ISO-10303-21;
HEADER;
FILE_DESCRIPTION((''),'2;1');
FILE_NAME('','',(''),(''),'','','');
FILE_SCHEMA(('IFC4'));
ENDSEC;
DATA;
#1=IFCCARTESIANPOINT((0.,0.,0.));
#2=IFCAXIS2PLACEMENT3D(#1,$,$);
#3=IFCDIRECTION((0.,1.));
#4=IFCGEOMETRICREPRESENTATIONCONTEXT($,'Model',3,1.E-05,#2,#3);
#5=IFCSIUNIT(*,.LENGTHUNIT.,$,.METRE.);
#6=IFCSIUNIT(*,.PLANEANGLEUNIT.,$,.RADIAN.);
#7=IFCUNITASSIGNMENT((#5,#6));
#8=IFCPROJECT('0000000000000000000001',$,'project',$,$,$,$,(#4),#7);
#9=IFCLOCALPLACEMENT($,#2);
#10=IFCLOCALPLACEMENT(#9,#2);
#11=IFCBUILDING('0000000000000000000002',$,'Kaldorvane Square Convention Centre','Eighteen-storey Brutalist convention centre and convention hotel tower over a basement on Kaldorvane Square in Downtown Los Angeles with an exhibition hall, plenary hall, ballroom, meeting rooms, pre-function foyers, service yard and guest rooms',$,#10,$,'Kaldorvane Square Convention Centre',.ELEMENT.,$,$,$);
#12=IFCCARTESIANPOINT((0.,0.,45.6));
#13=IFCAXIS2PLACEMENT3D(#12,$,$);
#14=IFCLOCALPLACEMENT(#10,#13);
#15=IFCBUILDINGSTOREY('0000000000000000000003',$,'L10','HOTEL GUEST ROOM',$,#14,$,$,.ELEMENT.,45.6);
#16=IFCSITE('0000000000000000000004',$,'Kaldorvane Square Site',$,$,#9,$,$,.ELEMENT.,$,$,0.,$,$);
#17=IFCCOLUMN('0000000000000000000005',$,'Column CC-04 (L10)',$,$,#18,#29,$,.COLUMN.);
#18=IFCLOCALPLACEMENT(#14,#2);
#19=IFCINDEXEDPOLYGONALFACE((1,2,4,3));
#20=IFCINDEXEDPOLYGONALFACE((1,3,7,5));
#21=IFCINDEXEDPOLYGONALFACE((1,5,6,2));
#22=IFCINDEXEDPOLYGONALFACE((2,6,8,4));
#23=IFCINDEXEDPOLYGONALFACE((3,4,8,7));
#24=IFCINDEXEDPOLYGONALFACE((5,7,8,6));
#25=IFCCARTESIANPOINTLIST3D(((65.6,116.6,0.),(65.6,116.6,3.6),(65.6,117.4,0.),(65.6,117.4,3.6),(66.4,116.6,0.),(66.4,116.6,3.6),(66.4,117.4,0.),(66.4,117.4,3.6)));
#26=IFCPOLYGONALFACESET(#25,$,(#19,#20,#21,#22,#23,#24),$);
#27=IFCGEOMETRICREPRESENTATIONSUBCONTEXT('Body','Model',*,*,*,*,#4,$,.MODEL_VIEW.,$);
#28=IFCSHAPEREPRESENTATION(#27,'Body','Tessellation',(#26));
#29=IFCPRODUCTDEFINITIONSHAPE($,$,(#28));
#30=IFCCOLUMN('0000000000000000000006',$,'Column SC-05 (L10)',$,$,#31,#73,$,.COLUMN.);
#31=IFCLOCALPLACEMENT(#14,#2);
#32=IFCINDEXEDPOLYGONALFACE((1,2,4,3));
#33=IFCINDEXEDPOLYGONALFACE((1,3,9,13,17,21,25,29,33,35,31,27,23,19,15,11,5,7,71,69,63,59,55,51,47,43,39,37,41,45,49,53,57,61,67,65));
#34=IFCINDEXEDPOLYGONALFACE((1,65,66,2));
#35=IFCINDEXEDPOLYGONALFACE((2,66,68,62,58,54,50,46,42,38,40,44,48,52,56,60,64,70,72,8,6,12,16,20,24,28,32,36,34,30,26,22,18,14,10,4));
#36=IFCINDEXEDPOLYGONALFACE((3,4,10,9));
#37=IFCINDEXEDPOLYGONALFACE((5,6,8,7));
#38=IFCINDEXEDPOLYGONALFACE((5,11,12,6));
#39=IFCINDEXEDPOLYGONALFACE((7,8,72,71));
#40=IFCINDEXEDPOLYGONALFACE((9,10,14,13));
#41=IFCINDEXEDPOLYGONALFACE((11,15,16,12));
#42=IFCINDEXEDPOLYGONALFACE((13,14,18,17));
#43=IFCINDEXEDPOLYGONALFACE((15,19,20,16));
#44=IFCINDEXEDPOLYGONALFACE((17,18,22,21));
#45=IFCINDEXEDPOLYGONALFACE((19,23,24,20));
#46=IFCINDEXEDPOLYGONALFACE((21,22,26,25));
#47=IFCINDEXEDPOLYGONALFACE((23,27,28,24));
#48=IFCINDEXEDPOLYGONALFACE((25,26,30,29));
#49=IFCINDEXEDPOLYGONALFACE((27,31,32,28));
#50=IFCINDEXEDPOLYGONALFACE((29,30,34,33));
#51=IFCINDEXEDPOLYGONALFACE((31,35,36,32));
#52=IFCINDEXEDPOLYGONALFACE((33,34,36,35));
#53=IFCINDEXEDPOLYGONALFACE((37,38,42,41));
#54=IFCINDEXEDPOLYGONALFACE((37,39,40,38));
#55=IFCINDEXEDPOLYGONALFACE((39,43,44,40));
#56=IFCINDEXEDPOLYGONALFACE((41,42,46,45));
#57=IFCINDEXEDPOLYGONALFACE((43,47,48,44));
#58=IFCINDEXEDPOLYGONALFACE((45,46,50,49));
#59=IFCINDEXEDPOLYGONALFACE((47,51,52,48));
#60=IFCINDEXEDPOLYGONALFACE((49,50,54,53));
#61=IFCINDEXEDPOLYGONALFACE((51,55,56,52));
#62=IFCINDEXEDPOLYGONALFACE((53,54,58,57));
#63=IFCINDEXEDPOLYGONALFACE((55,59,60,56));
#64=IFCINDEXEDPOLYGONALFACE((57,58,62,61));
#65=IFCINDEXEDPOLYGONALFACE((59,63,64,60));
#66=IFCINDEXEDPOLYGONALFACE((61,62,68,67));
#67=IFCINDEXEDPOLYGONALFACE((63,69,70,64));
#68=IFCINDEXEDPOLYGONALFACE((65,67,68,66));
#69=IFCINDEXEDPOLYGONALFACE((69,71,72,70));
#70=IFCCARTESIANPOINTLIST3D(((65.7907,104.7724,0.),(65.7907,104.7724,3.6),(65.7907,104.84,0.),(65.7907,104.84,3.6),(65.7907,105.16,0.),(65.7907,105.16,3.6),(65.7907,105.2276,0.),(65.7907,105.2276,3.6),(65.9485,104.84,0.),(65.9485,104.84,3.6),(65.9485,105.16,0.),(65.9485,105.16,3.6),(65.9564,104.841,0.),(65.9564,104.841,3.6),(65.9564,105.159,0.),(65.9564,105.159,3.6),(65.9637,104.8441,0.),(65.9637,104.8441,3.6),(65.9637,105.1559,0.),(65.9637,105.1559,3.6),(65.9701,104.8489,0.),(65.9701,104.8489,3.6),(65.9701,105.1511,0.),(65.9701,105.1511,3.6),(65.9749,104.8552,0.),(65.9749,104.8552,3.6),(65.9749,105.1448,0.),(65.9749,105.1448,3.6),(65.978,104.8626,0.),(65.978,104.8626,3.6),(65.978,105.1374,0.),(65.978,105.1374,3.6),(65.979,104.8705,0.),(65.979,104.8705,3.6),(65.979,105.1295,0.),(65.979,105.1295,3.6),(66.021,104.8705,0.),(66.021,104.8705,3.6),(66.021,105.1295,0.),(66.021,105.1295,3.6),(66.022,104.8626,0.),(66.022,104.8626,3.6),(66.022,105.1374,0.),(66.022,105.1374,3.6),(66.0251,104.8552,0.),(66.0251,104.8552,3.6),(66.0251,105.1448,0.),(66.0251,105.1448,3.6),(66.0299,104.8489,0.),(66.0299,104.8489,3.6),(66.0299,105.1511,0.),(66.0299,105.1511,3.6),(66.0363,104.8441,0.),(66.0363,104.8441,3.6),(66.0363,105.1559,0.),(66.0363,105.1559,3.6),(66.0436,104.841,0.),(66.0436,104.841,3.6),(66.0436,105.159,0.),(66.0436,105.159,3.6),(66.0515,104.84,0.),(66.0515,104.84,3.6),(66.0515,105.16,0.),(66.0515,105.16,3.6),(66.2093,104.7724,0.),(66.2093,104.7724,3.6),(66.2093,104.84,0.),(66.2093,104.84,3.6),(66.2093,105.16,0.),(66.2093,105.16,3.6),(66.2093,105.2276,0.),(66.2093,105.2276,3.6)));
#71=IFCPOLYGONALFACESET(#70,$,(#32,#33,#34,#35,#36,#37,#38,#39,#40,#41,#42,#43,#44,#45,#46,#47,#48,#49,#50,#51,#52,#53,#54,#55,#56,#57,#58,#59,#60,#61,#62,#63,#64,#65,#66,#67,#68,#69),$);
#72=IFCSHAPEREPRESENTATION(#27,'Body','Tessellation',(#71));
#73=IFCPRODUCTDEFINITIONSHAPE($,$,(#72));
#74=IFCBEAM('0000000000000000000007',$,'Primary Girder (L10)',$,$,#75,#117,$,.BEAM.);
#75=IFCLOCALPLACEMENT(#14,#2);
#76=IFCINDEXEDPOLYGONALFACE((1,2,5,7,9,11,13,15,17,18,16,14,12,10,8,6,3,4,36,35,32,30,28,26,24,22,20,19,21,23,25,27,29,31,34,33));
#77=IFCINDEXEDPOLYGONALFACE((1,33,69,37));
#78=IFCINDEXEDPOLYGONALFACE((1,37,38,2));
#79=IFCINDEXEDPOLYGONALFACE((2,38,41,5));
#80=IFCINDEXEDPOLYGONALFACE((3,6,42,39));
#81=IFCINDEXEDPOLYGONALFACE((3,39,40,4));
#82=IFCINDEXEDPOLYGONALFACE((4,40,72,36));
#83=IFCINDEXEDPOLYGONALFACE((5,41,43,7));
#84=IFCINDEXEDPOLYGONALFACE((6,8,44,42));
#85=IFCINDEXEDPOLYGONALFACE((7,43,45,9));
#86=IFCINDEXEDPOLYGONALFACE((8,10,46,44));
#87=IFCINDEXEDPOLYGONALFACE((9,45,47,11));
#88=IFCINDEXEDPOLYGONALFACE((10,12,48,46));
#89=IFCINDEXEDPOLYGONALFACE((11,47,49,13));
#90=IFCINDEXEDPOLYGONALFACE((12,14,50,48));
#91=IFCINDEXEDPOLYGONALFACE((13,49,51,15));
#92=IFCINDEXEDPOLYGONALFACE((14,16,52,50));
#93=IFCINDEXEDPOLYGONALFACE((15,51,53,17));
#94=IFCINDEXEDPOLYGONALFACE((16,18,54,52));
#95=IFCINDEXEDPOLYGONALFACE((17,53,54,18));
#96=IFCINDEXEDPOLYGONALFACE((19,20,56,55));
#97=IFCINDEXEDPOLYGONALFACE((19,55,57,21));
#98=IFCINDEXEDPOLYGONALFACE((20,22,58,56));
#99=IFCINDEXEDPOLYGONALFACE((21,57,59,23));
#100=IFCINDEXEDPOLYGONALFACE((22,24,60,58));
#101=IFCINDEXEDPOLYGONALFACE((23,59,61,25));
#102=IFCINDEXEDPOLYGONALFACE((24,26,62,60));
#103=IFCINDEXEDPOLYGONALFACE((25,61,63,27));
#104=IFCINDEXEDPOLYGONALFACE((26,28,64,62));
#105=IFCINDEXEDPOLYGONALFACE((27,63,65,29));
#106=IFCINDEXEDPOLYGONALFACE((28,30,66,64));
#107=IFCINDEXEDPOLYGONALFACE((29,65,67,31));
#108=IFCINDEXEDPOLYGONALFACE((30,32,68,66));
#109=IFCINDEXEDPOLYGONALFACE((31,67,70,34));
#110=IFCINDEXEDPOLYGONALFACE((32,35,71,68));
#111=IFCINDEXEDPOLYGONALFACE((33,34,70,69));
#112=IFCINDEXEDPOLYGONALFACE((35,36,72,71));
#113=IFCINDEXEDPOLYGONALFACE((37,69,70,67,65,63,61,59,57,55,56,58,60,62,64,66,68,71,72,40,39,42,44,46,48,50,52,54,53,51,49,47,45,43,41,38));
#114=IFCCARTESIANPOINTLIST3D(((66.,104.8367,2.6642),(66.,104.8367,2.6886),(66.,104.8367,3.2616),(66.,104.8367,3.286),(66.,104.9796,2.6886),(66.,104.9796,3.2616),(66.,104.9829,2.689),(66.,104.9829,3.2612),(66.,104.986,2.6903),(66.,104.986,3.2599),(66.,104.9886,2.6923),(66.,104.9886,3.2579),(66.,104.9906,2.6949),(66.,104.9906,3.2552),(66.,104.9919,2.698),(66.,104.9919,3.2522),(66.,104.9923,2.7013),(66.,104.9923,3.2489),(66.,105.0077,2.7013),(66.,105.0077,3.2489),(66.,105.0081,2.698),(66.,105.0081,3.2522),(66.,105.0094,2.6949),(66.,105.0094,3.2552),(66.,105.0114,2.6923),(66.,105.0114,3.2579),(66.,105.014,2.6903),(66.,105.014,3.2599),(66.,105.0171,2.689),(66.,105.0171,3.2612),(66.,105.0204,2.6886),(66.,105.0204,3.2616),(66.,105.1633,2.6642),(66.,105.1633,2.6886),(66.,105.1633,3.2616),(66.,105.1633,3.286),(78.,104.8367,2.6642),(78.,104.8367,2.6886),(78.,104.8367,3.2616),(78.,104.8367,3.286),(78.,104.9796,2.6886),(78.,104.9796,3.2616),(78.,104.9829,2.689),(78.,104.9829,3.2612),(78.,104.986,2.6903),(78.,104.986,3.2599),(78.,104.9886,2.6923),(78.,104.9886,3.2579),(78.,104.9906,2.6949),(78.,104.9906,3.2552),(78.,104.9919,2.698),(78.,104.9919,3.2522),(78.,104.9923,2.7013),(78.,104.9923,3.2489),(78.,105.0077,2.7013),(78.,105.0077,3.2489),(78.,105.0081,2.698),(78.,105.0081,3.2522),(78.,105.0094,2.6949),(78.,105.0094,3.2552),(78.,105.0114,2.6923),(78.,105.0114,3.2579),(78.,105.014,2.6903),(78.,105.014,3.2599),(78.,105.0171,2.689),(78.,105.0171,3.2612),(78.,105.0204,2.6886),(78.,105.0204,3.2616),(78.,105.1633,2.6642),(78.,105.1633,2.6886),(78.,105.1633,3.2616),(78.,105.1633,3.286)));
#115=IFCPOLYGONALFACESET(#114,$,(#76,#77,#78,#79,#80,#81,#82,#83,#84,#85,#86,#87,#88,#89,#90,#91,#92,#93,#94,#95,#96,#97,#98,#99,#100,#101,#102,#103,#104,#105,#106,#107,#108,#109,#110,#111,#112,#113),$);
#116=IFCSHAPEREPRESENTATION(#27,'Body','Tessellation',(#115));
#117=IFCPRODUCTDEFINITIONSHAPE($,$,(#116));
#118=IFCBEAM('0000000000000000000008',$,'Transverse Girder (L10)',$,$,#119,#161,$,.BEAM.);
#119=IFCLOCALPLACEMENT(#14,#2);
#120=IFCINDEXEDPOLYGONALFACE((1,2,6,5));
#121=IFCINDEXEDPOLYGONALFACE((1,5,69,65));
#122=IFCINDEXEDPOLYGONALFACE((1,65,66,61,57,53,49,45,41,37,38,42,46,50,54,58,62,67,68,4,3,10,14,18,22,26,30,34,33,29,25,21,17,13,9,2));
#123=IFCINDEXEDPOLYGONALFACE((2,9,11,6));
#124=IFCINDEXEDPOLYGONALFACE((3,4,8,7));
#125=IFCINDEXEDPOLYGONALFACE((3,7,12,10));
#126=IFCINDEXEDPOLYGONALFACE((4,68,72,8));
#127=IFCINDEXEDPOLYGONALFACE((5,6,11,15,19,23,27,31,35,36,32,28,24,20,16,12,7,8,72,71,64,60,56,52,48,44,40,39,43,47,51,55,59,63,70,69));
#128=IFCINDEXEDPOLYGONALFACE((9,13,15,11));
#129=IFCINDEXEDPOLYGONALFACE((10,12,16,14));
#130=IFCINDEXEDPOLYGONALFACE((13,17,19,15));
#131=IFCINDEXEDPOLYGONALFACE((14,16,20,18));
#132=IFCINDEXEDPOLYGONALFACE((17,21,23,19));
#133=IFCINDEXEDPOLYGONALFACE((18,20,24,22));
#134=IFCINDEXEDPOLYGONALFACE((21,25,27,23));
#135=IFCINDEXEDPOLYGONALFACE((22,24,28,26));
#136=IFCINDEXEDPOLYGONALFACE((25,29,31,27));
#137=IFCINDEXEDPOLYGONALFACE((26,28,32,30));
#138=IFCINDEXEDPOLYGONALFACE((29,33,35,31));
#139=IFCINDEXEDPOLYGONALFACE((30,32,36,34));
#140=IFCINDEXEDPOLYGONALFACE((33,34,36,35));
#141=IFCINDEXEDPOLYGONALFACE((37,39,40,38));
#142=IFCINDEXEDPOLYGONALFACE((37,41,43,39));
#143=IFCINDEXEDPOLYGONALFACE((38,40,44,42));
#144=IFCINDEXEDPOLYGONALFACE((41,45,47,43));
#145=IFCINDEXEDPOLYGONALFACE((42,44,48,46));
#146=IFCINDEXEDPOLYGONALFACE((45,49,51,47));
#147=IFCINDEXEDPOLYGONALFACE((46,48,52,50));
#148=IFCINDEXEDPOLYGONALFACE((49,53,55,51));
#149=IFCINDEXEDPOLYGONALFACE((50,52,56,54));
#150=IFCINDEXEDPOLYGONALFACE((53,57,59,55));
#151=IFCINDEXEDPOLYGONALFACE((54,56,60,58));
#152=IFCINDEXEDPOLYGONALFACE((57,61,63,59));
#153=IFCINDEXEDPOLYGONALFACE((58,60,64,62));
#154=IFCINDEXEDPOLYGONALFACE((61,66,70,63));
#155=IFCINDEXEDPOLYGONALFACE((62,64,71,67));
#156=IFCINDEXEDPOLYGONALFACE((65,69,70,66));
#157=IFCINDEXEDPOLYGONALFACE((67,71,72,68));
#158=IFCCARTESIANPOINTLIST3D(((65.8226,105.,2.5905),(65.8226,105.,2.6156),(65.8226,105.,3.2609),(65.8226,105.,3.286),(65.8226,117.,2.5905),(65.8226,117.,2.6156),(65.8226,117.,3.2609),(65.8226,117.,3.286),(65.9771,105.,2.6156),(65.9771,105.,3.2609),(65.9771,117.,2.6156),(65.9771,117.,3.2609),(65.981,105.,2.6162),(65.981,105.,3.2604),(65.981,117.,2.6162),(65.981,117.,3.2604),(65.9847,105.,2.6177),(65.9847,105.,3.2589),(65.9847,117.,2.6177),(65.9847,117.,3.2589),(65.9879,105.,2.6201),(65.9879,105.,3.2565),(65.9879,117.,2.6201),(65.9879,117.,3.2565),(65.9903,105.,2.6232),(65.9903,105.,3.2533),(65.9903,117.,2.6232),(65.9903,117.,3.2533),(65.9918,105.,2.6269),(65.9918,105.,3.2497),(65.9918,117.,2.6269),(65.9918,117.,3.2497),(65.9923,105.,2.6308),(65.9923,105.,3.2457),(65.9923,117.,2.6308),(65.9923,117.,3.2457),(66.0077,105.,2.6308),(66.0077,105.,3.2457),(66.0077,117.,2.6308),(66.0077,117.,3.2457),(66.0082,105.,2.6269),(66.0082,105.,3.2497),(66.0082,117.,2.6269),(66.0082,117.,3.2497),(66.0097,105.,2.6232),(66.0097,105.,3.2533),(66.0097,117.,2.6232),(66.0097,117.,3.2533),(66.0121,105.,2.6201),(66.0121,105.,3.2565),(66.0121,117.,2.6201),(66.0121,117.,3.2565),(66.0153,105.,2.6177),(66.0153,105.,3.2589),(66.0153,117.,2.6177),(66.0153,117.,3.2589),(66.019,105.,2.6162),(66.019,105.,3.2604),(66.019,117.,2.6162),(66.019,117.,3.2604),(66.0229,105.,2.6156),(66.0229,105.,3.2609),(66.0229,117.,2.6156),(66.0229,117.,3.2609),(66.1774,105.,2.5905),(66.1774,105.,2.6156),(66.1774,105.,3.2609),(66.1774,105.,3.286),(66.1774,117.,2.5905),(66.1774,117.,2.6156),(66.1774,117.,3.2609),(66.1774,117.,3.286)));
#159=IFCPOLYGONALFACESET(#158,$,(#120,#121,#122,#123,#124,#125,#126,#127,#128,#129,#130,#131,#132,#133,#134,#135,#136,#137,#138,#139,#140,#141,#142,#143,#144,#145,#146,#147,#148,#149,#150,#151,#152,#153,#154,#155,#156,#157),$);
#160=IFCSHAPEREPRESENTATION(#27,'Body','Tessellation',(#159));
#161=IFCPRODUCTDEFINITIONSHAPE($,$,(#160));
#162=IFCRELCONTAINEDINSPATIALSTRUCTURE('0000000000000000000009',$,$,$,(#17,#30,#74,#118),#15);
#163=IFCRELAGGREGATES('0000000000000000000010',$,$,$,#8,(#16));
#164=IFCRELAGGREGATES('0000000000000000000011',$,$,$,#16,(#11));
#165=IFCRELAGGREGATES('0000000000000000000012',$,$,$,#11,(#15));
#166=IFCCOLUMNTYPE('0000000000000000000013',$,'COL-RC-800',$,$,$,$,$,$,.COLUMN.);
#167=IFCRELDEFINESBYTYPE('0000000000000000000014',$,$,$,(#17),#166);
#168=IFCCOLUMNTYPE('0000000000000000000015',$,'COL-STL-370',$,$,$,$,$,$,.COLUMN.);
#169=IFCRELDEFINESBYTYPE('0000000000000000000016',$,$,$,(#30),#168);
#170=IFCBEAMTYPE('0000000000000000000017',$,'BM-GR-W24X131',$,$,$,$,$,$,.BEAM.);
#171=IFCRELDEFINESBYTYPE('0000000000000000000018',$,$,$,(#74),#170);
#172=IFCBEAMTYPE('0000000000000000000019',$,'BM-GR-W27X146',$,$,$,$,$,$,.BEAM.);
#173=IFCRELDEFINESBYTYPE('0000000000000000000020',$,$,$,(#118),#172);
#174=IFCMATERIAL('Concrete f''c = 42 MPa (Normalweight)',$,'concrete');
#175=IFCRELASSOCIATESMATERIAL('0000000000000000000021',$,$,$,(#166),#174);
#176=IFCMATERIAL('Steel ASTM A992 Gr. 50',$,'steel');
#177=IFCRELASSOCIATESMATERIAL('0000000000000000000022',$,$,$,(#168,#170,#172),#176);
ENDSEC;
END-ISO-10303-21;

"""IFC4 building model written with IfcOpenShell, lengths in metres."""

from ifc_helpers import new_model, si_unit, direction, frame, origin, origin_2d, place, context, subcontext, project, spatial, rectangle, i_section, extrude, material, material_profile, profile_set, type_object, element, save


model = new_model("IFC4")

# Units and contexts
model_context = context("Model", 3, precision=1e-05, world=origin(), true_north=direction((0.0, 1.0)))
body_context = subcontext(model_context, "Body", "Model", "MODEL_VIEW")
ifc_project = project(units=[si_unit("LENGTHUNIT", "METRE"), si_unit("PLANEANGLEUNIT", "RADIAN")], contexts=[model_context])

# Site, building, storey
site_placement = place(None, origin())
site = spatial("IfcSite", under=ifc_project, at=site_placement, Name="Kaldorvane Square Site", CompositionType="ELEMENT", RefElevation=0.0)
building_placement = place(site_placement, origin())
building = spatial("IfcBuilding", under=site, at=building_placement, Name="Kaldorvane Square Convention Centre", Description="Eighteen-storey Brutalist convention centre and convention hotel tower over a basement on Kaldorvane Square in Downtown Los Angeles with an exhibition hall, plenary hall, ballroom, meeting rooms, pre-function foyers, service yard and guest rooms", LongName="Kaldorvane Square Convention Centre", CompositionType="ELEMENT")
storey_placement = place(building_placement, frame((0.0, 0.0, 45.6)))
storey = spatial("IfcBuildingStorey", under=building, at=storey_placement, Name="L10", Description="HOTEL GUEST ROOM", CompositionType="ELEMENT", Elevation=45.6)

# Columns
ifc_material_1 = material(Name="Concrete f'c = 42 MPa (Normalweight)", Category="concrete")
ifc_material_profile_1 = material_profile(ifc_material_1, rectangle(XDim=0.8, YDim=0.8, at=origin_2d()), Name="RC800X800")
ifc_profile_set_1 = profile_set([ifc_material_profile_1], Name="Concrete f'c = 42 MPa (Normalweight)")
column_type_1 = type_object("IfcColumnType", Name="COL-RC-800", PredefinedType="COLUMN", material=ifc_profile_set_1)
column_1_placement = place(storey_placement, frame((66.0, 117.0, 0.0), z_axis=(0.0, 0.0, 1.0), x_axis=(1.0, 0.0, 0.0)))
element("IfcColumn", 1, at=column_1_placement, inside=storey, type_object=column_type_1, Name="Column CC-04 (L10)", PredefinedType="COLUMN", context=body_context, shape_type="SweptSolid", body=[
    extrude(rectangle(XDim=0.8, YDim=0.8, at=origin_2d()), origin(), (0.0, 0.0, 1.0), 3.6),
])
ifc_material_2 = material(Name="Steel ASTM A992 Gr. 50", Category="steel")
ifc_material_profile_2 = material_profile(ifc_material_2, i_section(OverallWidth=0.4185, OverallDepth=0.4552, WebThickness=0.042, FlangeThickness=0.0676, FilletRadius=0.0305, at=origin_2d()), Name="W14X370")
ifc_profile_set_2 = profile_set([ifc_material_profile_2], Name="Steel ASTM A992 Gr. 50")
column_type_2 = type_object("IfcColumnType", Name="COL-STL-370", PredefinedType="COLUMN", material=ifc_profile_set_2)
column_2_placement = place(storey_placement, frame((66.0, 105.0, 0.0), z_axis=(0.0, 0.0, 1.0), x_axis=(1.0, 0.0, 0.0)))
element("IfcColumn", 2, at=column_2_placement, inside=storey, type_object=column_type_2, Name="Column SC-05 (L10)", PredefinedType="COLUMN", context=body_context, shape_type="SweptSolid", body=[
    extrude(i_section(OverallWidth=0.4185, OverallDepth=0.4552, WebThickness=0.042, FlangeThickness=0.0676, FilletRadius=0.0305, at=origin_2d()), origin(), (0.0, 0.0, 1.0), 3.6),
])

# Beams
ifc_material_profile_3 = material_profile(ifc_material_2, i_section(OverallWidth=0.3265, OverallDepth=0.6218, WebThickness=0.0154, FlangeThickness=0.0244, FilletRadius=0.0127, at=origin_2d()), Name="W24X131")
ifc_profile_set_3 = profile_set([ifc_material_profile_3], Name="Steel ASTM A992 Gr. 50")
beam_type_1 = type_object("IfcBeamType", Name="BM-GR-W24X131", PredefinedType="BEAM", material=ifc_profile_set_3)
beam_1_placement = place(storey_placement, frame((66.0, 105.0, 2.9751), z_axis=(1.0, 0.0, 0.0), x_axis=(0.0, 1.0, 0.0)))
element("IfcBeam", 3, at=beam_1_placement, inside=storey, type_object=beam_type_1, Name="Primary Girder (L10)", PredefinedType="BEAM", context=body_context, shape_type="SweptSolid", body=[
    extrude(i_section(OverallWidth=0.3265, OverallDepth=0.6218, WebThickness=0.0154, FlangeThickness=0.0244, FilletRadius=0.0127, at=origin_2d()), origin(), (0.0, 0.0, 1.0), 12.0),
])
ifc_material_profile_4 = material_profile(ifc_material_2, i_section(OverallWidth=0.3547, OverallDepth=0.6955, WebThickness=0.0154, FlangeThickness=0.0251, FilletRadius=0.0152, at=origin_2d()), Name="W27X146")
ifc_profile_set_4 = profile_set([ifc_material_profile_4], Name="Steel ASTM A992 Gr. 50")
beam_type_2 = type_object("IfcBeamType", Name="BM-GR-W27X146", PredefinedType="BEAM", material=ifc_profile_set_4)
beam_2_placement = place(storey_placement, frame((66.0, 105.0, 2.9383), z_axis=(0.0, 1.0, 0.0), x_axis=(-1.0, 0.0, 0.0)))
element("IfcBeam", 4, at=beam_2_placement, inside=storey, type_object=beam_type_2, Name="Transverse Girder (L10)", PredefinedType="BEAM", context=body_context, shape_type="SweptSolid", body=[
    extrude(i_section(OverallWidth=0.3547, OverallDepth=0.6955, WebThickness=0.0154, FlangeThickness=0.0251, FilletRadius=0.0152, at=origin_2d()), origin(), (0.0, 0.0, 1.0), 12.0),
])

save(model, "model.ifc")
